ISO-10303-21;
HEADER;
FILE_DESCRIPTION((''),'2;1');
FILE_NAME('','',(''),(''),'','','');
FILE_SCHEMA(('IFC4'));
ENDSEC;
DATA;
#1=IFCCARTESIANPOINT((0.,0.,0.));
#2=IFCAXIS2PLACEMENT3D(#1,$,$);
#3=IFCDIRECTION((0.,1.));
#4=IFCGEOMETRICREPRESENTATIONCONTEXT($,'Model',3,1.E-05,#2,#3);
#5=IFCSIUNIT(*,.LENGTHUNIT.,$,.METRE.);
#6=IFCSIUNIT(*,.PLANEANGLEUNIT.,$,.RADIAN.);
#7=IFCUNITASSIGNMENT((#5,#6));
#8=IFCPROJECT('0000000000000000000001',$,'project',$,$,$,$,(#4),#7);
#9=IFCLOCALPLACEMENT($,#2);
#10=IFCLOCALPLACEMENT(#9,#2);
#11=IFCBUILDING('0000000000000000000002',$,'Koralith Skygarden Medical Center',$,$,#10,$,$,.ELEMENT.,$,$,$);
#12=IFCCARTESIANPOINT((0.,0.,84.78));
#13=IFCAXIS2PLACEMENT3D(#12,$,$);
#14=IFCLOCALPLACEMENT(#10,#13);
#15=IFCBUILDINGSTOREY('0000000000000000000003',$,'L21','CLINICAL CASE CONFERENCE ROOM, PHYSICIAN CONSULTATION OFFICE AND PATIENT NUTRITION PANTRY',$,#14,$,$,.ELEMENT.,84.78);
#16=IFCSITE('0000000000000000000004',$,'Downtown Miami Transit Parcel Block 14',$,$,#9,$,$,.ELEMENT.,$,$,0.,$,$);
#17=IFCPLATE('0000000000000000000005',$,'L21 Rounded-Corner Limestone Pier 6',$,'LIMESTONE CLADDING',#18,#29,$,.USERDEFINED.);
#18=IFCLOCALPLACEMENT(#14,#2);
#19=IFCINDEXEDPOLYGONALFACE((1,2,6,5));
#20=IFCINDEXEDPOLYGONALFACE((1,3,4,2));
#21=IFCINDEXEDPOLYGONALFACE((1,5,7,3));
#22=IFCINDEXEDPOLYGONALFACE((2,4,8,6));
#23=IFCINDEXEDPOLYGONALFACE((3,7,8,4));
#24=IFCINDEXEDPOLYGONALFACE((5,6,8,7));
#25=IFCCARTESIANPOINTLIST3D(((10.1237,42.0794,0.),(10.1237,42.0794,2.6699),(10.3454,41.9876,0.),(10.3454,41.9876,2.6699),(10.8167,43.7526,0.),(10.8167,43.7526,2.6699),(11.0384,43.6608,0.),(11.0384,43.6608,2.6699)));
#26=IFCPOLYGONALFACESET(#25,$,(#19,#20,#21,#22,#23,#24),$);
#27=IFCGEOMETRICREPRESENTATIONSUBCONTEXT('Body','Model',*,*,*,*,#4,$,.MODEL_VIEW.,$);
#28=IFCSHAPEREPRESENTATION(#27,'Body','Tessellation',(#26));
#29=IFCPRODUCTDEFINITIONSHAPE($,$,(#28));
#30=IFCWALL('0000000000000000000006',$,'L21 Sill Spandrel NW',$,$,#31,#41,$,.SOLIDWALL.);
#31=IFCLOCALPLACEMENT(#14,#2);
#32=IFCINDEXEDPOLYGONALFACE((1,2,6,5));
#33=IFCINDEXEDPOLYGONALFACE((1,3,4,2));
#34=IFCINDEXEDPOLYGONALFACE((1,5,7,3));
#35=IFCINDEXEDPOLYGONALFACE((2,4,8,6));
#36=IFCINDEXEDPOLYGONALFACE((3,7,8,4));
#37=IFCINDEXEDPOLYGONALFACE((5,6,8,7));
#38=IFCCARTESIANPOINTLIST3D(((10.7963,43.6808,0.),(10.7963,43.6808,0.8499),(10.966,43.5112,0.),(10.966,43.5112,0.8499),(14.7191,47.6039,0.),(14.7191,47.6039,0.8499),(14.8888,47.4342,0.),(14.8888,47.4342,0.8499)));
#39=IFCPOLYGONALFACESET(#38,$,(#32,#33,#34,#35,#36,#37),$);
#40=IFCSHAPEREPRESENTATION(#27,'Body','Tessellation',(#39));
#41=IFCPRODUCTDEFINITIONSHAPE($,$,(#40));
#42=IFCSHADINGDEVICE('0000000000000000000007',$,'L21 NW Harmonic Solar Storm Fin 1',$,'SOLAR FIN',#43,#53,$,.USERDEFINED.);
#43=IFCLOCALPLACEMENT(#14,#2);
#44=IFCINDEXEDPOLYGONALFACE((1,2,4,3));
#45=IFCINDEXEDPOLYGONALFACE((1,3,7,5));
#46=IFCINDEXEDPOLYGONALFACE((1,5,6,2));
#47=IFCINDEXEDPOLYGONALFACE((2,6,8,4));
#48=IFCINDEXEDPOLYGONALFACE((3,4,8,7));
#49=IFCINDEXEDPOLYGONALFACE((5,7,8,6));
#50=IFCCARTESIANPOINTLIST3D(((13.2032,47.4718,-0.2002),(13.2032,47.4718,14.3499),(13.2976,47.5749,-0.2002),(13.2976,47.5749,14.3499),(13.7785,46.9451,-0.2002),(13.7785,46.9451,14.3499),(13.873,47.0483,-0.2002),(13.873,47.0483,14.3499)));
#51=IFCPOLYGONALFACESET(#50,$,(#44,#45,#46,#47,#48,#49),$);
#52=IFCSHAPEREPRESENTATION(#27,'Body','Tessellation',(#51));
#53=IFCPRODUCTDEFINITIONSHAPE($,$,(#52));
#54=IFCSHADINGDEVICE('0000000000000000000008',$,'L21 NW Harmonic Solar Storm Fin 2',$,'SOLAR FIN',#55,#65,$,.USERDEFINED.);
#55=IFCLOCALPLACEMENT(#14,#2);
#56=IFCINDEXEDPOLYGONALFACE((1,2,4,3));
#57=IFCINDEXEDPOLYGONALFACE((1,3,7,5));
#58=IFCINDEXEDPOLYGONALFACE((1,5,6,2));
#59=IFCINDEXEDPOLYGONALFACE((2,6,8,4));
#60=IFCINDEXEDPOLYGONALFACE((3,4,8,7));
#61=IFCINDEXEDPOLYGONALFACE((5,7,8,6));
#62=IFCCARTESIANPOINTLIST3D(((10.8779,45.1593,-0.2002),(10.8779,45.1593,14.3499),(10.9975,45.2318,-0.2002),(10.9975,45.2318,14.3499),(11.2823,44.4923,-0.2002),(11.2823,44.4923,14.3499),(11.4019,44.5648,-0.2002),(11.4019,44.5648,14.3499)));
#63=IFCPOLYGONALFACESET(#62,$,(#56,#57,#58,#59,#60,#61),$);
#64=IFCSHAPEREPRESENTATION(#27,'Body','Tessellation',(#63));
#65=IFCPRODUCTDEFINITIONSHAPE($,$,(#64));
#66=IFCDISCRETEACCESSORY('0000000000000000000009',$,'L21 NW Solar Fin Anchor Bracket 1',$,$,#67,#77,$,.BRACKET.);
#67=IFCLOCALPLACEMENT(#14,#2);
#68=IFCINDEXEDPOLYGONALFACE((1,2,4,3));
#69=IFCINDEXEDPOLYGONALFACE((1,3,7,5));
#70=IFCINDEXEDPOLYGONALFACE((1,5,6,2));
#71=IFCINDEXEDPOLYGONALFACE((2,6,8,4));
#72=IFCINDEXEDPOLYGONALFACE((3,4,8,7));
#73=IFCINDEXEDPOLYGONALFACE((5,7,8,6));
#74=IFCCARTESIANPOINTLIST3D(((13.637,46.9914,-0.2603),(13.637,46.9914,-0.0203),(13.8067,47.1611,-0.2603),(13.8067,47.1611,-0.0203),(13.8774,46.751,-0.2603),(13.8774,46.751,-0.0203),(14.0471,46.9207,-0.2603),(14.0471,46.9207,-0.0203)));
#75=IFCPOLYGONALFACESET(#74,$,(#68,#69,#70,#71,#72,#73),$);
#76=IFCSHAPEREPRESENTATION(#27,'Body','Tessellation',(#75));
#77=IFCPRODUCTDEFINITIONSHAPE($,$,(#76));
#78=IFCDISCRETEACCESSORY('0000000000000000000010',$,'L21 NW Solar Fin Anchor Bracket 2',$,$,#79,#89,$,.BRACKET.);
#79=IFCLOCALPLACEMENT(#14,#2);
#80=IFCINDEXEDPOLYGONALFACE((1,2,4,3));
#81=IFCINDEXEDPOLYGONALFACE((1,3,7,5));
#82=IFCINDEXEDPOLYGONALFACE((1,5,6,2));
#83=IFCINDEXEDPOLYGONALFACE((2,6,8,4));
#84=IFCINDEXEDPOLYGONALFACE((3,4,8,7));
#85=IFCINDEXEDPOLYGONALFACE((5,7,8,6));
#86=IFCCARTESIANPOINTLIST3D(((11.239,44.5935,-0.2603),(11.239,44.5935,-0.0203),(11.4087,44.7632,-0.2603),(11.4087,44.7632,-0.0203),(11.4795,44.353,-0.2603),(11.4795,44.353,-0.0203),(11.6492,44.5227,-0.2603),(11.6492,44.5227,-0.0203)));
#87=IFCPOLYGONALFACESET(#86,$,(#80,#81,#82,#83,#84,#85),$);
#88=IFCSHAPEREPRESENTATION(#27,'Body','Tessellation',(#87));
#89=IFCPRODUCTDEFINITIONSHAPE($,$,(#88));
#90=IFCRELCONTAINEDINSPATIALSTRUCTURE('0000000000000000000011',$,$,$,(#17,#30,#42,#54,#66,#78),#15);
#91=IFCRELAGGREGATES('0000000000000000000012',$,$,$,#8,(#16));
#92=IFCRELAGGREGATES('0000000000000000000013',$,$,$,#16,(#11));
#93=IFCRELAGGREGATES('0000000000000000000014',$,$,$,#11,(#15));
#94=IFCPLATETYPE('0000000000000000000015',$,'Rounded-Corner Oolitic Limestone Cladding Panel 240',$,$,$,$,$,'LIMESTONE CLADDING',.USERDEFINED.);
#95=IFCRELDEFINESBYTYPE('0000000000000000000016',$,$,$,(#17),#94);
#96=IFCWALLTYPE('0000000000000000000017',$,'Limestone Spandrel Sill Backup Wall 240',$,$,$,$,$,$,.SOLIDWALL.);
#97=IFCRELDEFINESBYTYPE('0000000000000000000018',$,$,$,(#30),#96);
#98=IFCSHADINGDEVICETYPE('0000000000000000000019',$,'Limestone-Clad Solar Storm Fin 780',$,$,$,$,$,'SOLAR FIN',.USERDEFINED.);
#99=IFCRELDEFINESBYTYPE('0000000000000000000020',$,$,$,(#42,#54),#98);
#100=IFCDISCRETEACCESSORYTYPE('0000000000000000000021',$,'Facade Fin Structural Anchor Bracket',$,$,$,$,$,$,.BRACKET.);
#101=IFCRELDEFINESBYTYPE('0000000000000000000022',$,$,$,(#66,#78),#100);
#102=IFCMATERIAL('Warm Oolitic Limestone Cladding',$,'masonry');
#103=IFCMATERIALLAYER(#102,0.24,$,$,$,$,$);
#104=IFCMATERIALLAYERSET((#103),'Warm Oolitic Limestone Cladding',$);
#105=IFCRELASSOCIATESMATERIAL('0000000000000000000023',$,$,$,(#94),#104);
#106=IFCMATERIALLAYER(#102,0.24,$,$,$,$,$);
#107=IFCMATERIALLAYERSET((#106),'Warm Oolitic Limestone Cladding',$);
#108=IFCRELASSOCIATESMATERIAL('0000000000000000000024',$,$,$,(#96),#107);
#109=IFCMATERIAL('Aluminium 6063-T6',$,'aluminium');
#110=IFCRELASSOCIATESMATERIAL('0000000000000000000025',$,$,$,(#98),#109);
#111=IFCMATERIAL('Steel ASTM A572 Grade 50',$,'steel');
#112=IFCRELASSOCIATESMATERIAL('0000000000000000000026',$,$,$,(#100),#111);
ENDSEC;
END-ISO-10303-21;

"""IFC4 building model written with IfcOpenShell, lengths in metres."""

from ifc_helpers import new_model, si_unit, direction, frame, frame_2d, origin, origin_2d, place, context, subcontext, project, spatial, rectangle, extrude, material, layer, layer_set, type_object, element, save


model = new_model("IFC4")

# Units and contexts
model_context = context("Model", 3, precision=1e-05, world=origin(), true_north=direction((0.0, 1.0)))
body_context = subcontext(model_context, "Body", "Model", "MODEL_VIEW")
ifc_project = project(units=[si_unit("LENGTHUNIT", "METRE"), si_unit("PLANEANGLEUNIT", "RADIAN")], contexts=[model_context])

# Site, building, storey
site_placement = place(None, origin())
site = spatial("IfcSite", under=ifc_project, at=site_placement, Name="Downtown Miami Transit Parcel Block 14", CompositionType="ELEMENT", RefElevation=0.0)
building_placement = place(site_placement, origin())
building = spatial("IfcBuilding", under=site, at=building_placement, Name="Koralith Skygarden Medical Center", CompositionType="ELEMENT")
storey_placement = place(building_placement, frame((0.0, 0.0, 84.78)))
storey = spatial("IfcBuildingStorey", under=building, at=storey_placement, Name="L21", Description="CLINICAL CASE CONFERENCE ROOM, PHYSICIAN CONSULTATION OFFICE AND PATIENT NUTRITION PANTRY", CompositionType="ELEMENT", Elevation=84.78)

# Shared definitions
ifc_material_1 = material(Name="Aluminium 6063-T6", Category="aluminium")

# Plate
ifc_material_2 = material(Name="Warm Oolitic Limestone Cladding", Category="masonry")
ifc_layer_1 = layer(ifc_material_2, 0.24)
ifc_layer_set_1 = layer_set([ifc_layer_1], Name="Warm Oolitic Limestone Cladding")
plate_type_1 = type_object("IfcPlateType", Name="Rounded-Corner Oolitic Limestone Cladding Panel 240", ElementType="LIMESTONE CLADDING", PredefinedType="USERDEFINED", material=ifc_layer_set_1)
for number, where, z_axis, x_axis, name in (
    (1, (10.5811, 42.8701, 0.0), (0.0, 0.0, 1.0), (-0.382671, -0.923885, 0.0), "L21 Rounded-Corner Limestone Pier 6"),
):
    element("IfcPlate", number, at=place(storey_placement, frame(where, z_axis=z_axis, x_axis=x_axis)), inside=storey, type_object=plate_type_1, Name=name, ObjectType="LIMESTONE CLADDING", PredefinedType="USERDEFINED", context=body_context, shape_type="SweptSolid", body=[
        extrude(rectangle(XDim=1.811, YDim=0.24, at=origin_2d()), origin(), (0.0, 0.0, 1.0), 2.6699),
    ])

# Wall
ifc_layer_2 = layer(ifc_material_2, 0.24)
ifc_layer_set_2 = layer_set([ifc_layer_2], Name="Warm Oolitic Limestone Cladding")
wall_type = type_object("IfcWallType", Name="Limestone Spandrel Sill Backup Wall 240", PredefinedType="SOLIDWALL", material=ifc_layer_set_2)
wall_placement = place(storey_placement, frame((14.804, 47.519, 0.0), z_axis=(0.0, 0.0, 1.0), x_axis=(-0.707085, -0.707129, 0.0)))
element("IfcWall", 2, at=wall_placement, inside=storey, type_object=wall_type, Name="L21 Sill Spandrel NW", PredefinedType="SOLIDWALL", context=body_context, shape_type="SweptSolid", body=[
    extrude(rectangle(XDim=5.5479, YDim=0.24, at=frame_2d((2.7739, 0.0))), origin(), (0.0, 0.0, 1.0), 0.8499),
])

# Shading devices
shading_device_type = type_object("IfcShadingDeviceType", Name="Limestone-Clad Solar Storm Fin 780", ElementType="SOLAR FIN", PredefinedType="USERDEFINED", material=ifc_material_1)
for number, where, z_axis, x_axis, name in (
    (3, (13.5381, 47.26, -0.2002), (0.0, 0.0, 1.0), (-0.737631, 0.675204, 0.0), "L21 NW Harmonic Solar Storm Fin 1"),
    (4, (11.1399, 44.8621, -0.2002), (0.0, 0.0, 1.0), (-0.51852, 0.855066, 0.0), "L21 NW Harmonic Solar Storm Fin 2"),
):
    element("IfcShadingDevice", number, at=place(storey_placement, frame(where, z_axis=z_axis, x_axis=x_axis)), inside=storey, type_object=shading_device_type, Name=name, ObjectType="SOLAR FIN", PredefinedType="USERDEFINED", context=body_context, shape_type="SweptSolid", body=[
        extrude(rectangle(XDim=0.78, YDim=0.1399, at=origin_2d()), origin(), (0.0, 0.0, 1.0), 14.55),
    ])

# Discrete accessories
ifc_material_3 = material(Name="Steel ASTM A572 Grade 50", Category="steel")
discrete_accessory_type = type_object("IfcDiscreteAccessoryType", Name="Facade Fin Structural Anchor Bracket", PredefinedType="BRACKET", material=ifc_material_3)
for number, where, z_axis, x_axis, name in (
    (5, (13.842, 46.9561, -0.2603), (0.0, 0.0, 1.0), (-0.707107, 0.707107, 0.0), "L21 NW Solar Fin Anchor Bracket 1"),
    (6, (11.4441, 44.5581, -0.2603), (0.0, 0.0, 1.0), (-0.707107, 0.707107, 0.0), "L21 NW Solar Fin Anchor Bracket 2"),
):
    element("IfcDiscreteAccessory", number, at=place(storey_placement, frame(where, z_axis=z_axis, x_axis=x_axis)), inside=storey, type_object=discrete_accessory_type, Name=name, PredefinedType="BRACKET", context=body_context, shape_type="SweptSolid", body=[
        extrude(rectangle(XDim=0.3401, YDim=0.24, at=origin_2d()), origin(), (0.0, 0.0, 1.0), 0.24),
    ])

save(model, "model.ifc")
